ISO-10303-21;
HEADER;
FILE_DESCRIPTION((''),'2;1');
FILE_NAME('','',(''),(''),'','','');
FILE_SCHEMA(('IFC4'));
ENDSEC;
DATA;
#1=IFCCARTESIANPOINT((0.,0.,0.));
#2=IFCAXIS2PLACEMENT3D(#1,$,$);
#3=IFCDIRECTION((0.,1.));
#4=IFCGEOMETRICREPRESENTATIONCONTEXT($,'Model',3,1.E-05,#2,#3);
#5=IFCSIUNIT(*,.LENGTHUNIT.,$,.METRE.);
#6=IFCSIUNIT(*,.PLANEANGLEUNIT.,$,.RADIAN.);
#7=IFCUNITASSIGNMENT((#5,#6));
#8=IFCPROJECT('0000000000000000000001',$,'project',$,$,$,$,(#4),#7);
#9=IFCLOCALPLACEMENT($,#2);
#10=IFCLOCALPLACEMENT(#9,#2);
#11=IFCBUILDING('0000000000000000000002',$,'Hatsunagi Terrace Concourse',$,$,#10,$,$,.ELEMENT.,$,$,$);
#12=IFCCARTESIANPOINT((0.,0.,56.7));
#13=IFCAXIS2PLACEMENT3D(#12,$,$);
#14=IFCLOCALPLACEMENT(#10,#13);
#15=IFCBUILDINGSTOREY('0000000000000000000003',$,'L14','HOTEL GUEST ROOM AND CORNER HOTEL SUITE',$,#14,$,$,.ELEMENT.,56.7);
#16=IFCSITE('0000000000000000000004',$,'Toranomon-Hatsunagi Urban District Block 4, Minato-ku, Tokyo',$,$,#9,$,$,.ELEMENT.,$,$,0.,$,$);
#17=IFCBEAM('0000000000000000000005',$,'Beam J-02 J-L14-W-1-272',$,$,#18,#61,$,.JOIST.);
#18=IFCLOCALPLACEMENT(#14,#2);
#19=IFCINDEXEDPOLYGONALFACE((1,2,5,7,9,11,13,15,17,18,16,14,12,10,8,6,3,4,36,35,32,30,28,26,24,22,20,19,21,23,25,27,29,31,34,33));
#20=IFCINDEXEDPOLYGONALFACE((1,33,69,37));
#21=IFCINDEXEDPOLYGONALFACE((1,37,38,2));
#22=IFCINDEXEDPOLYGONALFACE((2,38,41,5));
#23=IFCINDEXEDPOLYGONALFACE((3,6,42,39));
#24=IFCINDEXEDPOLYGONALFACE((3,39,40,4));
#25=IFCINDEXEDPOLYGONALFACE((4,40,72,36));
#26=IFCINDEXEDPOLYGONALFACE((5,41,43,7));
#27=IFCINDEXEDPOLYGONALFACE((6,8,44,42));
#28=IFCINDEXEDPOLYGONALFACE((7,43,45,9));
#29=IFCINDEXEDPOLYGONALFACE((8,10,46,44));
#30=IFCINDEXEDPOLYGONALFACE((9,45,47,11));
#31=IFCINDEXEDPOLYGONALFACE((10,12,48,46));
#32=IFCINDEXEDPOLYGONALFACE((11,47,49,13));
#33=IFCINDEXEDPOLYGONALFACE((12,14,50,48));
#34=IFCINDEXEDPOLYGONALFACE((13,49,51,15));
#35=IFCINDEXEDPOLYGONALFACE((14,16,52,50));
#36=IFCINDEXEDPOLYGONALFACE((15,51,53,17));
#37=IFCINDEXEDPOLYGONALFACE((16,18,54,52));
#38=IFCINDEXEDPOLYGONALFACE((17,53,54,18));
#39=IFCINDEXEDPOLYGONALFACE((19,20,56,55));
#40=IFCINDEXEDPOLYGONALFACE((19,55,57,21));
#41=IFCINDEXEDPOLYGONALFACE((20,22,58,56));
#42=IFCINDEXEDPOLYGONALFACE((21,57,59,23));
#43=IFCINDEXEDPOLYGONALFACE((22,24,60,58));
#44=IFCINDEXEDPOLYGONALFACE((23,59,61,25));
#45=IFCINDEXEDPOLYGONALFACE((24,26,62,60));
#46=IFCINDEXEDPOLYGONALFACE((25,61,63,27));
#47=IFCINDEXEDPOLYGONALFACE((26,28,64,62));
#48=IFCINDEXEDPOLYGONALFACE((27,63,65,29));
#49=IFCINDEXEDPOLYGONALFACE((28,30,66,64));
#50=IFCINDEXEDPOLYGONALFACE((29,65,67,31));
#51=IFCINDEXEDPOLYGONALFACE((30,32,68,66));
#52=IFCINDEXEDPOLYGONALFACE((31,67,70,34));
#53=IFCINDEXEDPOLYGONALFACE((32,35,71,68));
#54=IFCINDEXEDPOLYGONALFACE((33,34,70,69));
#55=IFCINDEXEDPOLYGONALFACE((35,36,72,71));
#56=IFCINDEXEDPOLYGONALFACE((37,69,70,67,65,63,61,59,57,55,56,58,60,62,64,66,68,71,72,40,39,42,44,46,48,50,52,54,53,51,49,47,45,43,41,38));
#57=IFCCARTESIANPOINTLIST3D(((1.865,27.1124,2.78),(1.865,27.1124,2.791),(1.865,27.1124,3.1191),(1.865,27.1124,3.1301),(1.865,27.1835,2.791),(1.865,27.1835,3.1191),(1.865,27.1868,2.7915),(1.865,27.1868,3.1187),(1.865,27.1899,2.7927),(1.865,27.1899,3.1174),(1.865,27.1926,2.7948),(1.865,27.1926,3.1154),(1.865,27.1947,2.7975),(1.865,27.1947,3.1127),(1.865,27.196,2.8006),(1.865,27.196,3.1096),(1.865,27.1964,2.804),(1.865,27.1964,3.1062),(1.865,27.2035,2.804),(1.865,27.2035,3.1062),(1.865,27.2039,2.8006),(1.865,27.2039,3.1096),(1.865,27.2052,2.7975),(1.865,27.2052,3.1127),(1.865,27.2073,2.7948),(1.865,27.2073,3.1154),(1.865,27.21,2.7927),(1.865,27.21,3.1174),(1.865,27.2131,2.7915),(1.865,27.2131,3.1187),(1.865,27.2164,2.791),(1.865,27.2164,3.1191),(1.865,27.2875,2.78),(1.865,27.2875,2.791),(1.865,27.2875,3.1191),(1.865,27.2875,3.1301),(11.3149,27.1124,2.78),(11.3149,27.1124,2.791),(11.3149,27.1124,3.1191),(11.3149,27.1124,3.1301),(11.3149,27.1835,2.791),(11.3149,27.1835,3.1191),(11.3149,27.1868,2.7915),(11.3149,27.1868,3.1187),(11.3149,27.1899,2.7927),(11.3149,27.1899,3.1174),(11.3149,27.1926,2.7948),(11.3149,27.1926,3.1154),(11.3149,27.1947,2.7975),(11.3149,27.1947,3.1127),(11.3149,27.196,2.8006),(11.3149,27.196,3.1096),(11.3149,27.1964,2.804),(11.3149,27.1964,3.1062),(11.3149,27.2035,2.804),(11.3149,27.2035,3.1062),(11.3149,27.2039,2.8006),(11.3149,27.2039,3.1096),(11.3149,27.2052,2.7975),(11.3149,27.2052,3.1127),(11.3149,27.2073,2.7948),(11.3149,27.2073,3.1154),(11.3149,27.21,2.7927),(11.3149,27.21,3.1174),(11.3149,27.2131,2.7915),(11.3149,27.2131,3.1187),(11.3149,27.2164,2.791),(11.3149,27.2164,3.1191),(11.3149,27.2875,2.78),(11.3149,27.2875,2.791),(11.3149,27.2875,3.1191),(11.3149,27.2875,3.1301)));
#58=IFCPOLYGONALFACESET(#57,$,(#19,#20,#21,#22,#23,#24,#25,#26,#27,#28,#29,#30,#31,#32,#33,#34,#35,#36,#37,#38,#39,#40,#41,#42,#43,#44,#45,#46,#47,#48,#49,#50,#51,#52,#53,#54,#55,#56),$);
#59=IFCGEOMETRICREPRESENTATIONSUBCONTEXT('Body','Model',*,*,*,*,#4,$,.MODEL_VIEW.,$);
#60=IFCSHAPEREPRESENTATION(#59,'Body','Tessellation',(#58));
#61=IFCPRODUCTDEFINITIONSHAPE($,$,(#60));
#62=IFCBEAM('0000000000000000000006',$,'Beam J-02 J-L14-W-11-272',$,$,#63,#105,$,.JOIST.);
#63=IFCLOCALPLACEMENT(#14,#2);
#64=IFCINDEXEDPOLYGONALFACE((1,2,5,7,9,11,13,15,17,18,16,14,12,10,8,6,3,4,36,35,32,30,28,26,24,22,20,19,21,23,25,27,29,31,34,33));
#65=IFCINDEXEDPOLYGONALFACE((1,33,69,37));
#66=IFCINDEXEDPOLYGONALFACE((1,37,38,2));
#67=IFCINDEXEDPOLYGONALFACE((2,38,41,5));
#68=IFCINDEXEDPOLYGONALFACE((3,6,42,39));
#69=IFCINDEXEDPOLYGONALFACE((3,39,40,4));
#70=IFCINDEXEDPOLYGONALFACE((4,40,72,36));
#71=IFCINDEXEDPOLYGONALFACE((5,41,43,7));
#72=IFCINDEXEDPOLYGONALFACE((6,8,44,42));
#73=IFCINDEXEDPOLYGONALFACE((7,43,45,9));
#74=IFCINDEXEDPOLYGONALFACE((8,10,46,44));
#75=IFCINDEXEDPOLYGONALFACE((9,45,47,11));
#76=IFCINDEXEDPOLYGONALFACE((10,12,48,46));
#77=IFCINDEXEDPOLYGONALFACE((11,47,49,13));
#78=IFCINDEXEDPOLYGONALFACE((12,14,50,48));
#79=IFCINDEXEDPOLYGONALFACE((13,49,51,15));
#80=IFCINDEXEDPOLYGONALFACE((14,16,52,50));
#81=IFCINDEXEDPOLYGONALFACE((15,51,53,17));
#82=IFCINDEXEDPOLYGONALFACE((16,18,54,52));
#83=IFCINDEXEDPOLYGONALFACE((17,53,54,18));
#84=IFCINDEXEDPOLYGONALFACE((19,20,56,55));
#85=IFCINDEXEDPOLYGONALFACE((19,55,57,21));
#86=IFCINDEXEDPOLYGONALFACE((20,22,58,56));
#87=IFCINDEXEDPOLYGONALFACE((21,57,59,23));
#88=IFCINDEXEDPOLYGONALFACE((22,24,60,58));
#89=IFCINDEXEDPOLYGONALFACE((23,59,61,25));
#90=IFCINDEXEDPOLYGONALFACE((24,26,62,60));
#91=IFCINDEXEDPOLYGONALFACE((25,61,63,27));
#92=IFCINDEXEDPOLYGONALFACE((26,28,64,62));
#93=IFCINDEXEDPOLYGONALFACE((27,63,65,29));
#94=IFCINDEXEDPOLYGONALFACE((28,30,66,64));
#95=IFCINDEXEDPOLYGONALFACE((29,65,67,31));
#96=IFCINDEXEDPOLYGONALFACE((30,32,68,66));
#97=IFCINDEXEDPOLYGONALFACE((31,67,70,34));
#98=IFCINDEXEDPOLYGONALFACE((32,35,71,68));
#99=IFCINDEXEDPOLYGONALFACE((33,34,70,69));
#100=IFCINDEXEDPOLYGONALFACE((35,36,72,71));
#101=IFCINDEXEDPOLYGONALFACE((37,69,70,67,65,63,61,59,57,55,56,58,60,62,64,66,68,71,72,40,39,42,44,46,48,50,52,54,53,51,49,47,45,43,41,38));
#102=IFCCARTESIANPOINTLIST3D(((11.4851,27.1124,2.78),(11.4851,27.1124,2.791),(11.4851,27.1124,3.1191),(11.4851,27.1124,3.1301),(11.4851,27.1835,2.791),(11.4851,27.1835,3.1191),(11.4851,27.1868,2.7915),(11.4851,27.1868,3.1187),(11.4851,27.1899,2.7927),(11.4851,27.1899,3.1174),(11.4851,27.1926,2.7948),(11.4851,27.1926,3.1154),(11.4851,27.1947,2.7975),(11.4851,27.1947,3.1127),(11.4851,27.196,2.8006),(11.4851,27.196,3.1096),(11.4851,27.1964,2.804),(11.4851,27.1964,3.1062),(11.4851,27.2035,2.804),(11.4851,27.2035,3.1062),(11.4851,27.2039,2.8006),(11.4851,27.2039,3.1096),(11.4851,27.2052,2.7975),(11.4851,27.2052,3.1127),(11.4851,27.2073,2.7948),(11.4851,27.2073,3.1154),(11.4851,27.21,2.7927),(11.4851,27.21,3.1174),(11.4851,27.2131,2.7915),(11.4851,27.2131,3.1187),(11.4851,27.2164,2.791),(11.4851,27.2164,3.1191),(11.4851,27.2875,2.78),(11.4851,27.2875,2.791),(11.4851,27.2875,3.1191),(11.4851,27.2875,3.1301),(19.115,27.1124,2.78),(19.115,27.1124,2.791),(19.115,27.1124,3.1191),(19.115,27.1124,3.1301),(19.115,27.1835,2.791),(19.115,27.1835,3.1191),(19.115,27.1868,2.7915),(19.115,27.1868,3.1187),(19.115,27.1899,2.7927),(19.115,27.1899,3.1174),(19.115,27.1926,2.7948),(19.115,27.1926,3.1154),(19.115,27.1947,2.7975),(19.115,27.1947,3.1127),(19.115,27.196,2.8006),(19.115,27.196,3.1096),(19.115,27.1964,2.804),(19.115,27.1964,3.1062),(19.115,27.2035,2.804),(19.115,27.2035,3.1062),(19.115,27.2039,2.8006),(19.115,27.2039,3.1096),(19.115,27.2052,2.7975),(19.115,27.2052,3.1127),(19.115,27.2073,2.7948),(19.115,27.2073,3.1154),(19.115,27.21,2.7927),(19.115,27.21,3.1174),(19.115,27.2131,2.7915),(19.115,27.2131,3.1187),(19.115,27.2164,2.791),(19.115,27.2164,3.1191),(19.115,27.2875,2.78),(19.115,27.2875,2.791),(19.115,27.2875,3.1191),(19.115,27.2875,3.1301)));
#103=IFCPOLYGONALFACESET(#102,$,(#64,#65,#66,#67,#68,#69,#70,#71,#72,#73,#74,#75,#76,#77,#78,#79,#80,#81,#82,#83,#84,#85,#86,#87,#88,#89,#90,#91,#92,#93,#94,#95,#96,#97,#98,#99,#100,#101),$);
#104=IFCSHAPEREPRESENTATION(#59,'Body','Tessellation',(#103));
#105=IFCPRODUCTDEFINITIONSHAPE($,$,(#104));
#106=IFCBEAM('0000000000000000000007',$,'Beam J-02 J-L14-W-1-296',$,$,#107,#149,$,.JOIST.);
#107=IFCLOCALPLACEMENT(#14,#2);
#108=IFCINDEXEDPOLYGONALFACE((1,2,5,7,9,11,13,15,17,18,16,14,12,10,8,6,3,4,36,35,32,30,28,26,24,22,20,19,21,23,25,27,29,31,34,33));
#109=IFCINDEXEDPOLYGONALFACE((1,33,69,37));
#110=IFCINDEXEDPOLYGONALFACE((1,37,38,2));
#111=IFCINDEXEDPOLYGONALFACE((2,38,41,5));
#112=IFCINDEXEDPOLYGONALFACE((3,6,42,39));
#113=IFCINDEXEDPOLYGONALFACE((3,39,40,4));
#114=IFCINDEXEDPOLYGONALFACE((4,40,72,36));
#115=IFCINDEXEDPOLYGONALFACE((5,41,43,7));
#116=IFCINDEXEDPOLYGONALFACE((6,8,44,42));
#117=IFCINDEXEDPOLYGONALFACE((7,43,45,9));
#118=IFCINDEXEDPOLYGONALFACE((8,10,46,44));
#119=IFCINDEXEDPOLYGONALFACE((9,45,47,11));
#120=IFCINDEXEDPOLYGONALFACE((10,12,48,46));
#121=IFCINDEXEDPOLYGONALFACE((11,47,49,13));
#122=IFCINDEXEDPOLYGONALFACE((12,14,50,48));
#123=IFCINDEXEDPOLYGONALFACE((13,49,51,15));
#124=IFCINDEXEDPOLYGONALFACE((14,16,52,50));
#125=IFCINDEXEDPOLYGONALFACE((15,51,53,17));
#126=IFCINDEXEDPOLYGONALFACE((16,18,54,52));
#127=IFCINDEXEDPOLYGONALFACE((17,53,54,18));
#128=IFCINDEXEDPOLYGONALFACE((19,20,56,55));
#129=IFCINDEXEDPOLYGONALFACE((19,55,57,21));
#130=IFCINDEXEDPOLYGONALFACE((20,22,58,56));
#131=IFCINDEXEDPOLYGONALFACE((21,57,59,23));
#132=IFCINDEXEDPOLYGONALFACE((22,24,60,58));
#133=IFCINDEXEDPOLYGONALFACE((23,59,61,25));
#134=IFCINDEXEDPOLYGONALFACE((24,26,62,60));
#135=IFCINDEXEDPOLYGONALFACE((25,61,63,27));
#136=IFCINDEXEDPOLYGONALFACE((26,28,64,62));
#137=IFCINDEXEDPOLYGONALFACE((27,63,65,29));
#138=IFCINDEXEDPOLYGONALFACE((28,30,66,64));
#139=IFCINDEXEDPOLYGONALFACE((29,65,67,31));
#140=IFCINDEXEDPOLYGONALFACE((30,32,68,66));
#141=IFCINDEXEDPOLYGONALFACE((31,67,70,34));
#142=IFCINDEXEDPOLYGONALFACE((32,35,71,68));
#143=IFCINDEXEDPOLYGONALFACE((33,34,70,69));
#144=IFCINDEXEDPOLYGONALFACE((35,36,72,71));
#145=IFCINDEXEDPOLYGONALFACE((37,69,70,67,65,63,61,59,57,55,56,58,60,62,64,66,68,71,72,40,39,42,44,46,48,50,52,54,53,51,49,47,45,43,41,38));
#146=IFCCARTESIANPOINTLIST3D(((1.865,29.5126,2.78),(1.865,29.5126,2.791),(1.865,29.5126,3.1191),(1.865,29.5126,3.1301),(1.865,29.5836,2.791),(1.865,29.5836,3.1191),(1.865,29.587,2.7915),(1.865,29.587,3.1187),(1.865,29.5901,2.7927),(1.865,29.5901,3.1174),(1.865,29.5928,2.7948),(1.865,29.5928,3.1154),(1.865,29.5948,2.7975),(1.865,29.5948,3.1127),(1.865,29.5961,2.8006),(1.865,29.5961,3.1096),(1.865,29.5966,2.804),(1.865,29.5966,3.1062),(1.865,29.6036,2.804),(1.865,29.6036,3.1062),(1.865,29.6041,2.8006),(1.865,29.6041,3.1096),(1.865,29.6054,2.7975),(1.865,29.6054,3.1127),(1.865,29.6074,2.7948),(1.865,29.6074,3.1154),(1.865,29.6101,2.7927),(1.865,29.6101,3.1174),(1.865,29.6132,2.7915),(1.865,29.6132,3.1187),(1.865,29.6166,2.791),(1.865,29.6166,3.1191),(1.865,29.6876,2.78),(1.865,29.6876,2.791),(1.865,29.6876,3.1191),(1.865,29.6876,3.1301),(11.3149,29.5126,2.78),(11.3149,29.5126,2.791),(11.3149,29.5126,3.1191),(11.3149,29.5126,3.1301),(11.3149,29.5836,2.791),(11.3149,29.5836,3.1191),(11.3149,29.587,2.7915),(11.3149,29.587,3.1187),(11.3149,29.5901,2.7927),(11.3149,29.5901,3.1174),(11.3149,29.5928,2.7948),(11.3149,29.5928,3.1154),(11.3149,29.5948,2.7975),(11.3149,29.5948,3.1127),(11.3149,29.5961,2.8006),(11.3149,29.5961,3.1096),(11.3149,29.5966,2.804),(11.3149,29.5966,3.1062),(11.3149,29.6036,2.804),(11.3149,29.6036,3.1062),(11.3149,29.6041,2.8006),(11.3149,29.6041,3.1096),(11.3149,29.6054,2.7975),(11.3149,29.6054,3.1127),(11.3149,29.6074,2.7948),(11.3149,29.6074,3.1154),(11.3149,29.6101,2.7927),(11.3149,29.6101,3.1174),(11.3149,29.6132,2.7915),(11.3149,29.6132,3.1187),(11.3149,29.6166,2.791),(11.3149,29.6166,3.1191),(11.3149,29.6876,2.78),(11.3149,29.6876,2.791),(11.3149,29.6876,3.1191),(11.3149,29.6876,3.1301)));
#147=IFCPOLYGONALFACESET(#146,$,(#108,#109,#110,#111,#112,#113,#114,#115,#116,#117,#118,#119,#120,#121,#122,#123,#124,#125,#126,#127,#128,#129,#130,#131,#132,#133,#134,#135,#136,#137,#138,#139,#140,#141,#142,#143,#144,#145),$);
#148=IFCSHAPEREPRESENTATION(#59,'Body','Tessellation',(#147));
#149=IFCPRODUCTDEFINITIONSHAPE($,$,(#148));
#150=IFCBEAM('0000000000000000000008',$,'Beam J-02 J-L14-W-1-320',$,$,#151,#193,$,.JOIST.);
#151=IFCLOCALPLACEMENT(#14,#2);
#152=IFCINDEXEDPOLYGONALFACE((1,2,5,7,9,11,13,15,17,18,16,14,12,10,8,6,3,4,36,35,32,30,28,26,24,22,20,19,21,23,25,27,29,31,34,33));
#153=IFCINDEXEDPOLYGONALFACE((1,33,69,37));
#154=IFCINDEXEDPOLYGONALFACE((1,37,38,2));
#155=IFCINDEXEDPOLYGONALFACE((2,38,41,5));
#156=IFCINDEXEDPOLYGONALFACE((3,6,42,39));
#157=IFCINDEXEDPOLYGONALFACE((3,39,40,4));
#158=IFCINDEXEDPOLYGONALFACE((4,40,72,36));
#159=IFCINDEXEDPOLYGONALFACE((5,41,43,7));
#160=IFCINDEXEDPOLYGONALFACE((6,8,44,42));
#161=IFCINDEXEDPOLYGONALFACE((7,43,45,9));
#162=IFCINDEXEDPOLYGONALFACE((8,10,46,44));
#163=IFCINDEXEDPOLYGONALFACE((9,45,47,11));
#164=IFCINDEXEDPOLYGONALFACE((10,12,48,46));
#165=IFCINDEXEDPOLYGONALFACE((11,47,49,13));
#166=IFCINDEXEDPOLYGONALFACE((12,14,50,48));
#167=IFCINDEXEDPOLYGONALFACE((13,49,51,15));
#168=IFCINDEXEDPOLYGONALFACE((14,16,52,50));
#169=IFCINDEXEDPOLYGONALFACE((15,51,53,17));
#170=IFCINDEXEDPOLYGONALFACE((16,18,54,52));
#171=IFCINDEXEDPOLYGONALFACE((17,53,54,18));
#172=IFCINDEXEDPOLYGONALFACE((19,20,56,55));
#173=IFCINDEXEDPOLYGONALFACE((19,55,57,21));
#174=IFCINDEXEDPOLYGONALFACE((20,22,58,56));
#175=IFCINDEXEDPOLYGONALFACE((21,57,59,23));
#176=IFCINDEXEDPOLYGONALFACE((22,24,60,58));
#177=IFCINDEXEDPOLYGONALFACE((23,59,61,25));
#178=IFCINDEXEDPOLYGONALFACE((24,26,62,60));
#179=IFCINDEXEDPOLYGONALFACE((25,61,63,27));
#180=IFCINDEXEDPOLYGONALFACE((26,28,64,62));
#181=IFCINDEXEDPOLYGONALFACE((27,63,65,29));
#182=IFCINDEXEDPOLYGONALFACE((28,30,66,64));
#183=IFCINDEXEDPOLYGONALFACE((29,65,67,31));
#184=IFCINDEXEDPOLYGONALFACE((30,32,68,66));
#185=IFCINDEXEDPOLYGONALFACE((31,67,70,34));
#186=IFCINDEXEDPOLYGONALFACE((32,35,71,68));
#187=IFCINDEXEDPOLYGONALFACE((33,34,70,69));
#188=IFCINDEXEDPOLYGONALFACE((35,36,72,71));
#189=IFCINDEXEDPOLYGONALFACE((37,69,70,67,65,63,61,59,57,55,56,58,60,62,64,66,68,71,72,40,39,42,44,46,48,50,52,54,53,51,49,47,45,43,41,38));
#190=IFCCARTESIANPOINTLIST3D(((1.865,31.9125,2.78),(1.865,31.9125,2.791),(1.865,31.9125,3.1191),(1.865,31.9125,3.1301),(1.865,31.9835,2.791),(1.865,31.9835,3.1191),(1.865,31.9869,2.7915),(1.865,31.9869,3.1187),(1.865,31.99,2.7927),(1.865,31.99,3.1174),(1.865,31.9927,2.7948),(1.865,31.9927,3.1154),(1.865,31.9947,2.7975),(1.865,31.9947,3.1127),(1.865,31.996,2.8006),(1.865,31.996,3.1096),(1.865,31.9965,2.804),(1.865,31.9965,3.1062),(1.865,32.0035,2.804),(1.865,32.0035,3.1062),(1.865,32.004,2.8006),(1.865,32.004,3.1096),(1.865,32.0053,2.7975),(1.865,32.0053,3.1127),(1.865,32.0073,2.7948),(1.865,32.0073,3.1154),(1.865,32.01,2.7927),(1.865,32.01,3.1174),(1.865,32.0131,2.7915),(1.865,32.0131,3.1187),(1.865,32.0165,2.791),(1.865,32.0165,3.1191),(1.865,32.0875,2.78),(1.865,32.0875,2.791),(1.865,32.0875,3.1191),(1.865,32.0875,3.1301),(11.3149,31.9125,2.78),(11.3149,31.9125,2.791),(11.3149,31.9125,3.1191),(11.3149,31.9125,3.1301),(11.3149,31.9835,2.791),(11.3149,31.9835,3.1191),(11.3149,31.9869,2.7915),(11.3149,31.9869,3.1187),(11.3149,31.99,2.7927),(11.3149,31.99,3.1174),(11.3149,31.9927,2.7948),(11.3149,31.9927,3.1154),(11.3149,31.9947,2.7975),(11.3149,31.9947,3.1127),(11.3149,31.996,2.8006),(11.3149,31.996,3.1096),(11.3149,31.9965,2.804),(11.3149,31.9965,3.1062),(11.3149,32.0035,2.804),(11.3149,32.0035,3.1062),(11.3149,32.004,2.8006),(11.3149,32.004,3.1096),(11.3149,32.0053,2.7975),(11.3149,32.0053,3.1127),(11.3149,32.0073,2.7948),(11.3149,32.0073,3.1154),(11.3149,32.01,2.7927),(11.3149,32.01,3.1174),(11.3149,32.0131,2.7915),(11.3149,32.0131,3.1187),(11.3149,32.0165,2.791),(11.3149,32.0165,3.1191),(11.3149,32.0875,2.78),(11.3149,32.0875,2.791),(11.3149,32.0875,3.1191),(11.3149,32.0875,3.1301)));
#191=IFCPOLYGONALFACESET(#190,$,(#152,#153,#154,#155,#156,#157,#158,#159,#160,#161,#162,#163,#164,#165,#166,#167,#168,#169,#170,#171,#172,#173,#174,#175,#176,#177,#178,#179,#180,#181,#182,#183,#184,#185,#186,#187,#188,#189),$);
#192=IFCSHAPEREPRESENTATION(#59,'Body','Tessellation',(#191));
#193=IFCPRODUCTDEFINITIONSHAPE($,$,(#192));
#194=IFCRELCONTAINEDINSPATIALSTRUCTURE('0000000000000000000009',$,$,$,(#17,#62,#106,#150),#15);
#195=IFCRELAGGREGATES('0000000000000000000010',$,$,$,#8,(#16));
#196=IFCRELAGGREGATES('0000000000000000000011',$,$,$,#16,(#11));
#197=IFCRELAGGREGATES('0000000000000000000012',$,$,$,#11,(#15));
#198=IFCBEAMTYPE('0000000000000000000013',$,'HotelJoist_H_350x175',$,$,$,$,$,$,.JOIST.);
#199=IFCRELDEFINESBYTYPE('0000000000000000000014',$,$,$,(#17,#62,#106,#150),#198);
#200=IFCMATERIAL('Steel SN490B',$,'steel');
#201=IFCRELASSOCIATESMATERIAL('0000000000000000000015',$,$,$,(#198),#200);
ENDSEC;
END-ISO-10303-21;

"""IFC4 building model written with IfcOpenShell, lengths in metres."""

from ifc_helpers import new_model, si_unit, direction, frame, origin, origin_2d, place, context, subcontext, project, spatial, i_section, extrude, material, material_profile, profile_set, type_object, element, save


model = new_model("IFC4")

# Units and contexts
model_context = context("Model", 3, precision=1e-05, world=origin(), true_north=direction((0.0, 1.0)))
body_context = subcontext(model_context, "Body", "Model", "MODEL_VIEW")
ifc_project = project(units=[si_unit("LENGTHUNIT", "METRE"), si_unit("PLANEANGLEUNIT", "RADIAN")], contexts=[model_context])

# Site, building, storey
site_placement = place(None, origin())
site = spatial("IfcSite", under=ifc_project, at=site_placement, Name="Toranomon-Hatsunagi Urban District Block 4, Minato-ku, Tokyo", CompositionType="ELEMENT", RefElevation=0.0)
building_placement = place(site_placement, origin())
building = spatial("IfcBuilding", under=site, at=building_placement, Name="Hatsunagi Terrace Concourse", CompositionType="ELEMENT")
storey_placement = place(building_placement, frame((0.0, 0.0, 56.7)))
storey = spatial("IfcBuildingStorey", under=building, at=storey_placement, Name="L14", Description="HOTEL GUEST ROOM AND CORNER HOTEL SUITE", CompositionType="ELEMENT", Elevation=56.7)

# Beams
ifc_material_1 = material(Name="Steel SN490B", Category="steel")
ifc_material_profile_1 = material_profile(ifc_material_1, i_section(OverallWidth=0.175, OverallDepth=0.3501, WebThickness=0.0071, FlangeThickness=0.011, FilletRadius=0.0129, at=origin_2d()), Name="H-350x175x7x11")
ifc_profile_set_1 = profile_set([ifc_material_profile_1], Name="Steel SN490B")
beam_type_1 = type_object("IfcBeamType", Name="HotelJoist_H_350x175", PredefinedType="JOIST", material=ifc_profile_set_1)
beam_1_placement = place(storey_placement, frame((1.865, 27.2, 2.9551), z_axis=(1.0, 0.0, 0.0), x_axis=(0.0, 1.0, 0.0)))
element("IfcBeam", 1, at=beam_1_placement, inside=storey, type_object=beam_type_1, Name="Beam J-02 J-L14-W-1-272", PredefinedType="JOIST", context=body_context, shape_type="SweptSolid", body=[
    extrude(i_section(OverallWidth=0.175, OverallDepth=0.3501, WebThickness=0.0071, FlangeThickness=0.011, FilletRadius=0.0129, at=origin_2d()), origin(), (0.0, 0.0, 1.0), 9.45),
])
beam_2_placement = place(storey_placement, frame((11.4851, 27.2, 2.9551), z_axis=(1.0, 0.0, 0.0), x_axis=(0.0, 1.0, 0.0)))
element("IfcBeam", 2, at=beam_2_placement, inside=storey, type_object=beam_type_1, Name="Beam J-02 J-L14-W-11-272", PredefinedType="JOIST", context=body_context, shape_type="SweptSolid", body=[
    extrude(i_section(OverallWidth=0.175, OverallDepth=0.3501, WebThickness=0.0071, FlangeThickness=0.011, FilletRadius=0.0129, at=origin_2d()), origin(), (0.0, 0.0, 1.0), 7.6299),
])
for number, where, z_axis, x_axis, name in (
    (3, (1.865, 29.6001, 2.9551), (1.0, 0.0, 0.0), (0.0, 1.0, 0.0), "Beam J-02 J-L14-W-1-296"),
    (4, (1.865, 32.0, 2.9551), (1.0, 0.0, 0.0), (0.0, 1.0, 0.0), "Beam J-02 J-L14-W-1-320"),
):
    element("IfcBeam", number, at=place(storey_placement, frame(where, z_axis=z_axis, x_axis=x_axis)), inside=storey, type_object=beam_type_1, Name=name, PredefinedType="JOIST", context=body_context, shape_type="SweptSolid", body=[
        extrude(i_section(OverallWidth=0.175, OverallDepth=0.3501, WebThickness=0.0071, FlangeThickness=0.011, FilletRadius=0.0129, at=origin_2d()), origin(), (0.0, 0.0, 1.0), 9.45),
    ])

save(model, "model.ifc")
